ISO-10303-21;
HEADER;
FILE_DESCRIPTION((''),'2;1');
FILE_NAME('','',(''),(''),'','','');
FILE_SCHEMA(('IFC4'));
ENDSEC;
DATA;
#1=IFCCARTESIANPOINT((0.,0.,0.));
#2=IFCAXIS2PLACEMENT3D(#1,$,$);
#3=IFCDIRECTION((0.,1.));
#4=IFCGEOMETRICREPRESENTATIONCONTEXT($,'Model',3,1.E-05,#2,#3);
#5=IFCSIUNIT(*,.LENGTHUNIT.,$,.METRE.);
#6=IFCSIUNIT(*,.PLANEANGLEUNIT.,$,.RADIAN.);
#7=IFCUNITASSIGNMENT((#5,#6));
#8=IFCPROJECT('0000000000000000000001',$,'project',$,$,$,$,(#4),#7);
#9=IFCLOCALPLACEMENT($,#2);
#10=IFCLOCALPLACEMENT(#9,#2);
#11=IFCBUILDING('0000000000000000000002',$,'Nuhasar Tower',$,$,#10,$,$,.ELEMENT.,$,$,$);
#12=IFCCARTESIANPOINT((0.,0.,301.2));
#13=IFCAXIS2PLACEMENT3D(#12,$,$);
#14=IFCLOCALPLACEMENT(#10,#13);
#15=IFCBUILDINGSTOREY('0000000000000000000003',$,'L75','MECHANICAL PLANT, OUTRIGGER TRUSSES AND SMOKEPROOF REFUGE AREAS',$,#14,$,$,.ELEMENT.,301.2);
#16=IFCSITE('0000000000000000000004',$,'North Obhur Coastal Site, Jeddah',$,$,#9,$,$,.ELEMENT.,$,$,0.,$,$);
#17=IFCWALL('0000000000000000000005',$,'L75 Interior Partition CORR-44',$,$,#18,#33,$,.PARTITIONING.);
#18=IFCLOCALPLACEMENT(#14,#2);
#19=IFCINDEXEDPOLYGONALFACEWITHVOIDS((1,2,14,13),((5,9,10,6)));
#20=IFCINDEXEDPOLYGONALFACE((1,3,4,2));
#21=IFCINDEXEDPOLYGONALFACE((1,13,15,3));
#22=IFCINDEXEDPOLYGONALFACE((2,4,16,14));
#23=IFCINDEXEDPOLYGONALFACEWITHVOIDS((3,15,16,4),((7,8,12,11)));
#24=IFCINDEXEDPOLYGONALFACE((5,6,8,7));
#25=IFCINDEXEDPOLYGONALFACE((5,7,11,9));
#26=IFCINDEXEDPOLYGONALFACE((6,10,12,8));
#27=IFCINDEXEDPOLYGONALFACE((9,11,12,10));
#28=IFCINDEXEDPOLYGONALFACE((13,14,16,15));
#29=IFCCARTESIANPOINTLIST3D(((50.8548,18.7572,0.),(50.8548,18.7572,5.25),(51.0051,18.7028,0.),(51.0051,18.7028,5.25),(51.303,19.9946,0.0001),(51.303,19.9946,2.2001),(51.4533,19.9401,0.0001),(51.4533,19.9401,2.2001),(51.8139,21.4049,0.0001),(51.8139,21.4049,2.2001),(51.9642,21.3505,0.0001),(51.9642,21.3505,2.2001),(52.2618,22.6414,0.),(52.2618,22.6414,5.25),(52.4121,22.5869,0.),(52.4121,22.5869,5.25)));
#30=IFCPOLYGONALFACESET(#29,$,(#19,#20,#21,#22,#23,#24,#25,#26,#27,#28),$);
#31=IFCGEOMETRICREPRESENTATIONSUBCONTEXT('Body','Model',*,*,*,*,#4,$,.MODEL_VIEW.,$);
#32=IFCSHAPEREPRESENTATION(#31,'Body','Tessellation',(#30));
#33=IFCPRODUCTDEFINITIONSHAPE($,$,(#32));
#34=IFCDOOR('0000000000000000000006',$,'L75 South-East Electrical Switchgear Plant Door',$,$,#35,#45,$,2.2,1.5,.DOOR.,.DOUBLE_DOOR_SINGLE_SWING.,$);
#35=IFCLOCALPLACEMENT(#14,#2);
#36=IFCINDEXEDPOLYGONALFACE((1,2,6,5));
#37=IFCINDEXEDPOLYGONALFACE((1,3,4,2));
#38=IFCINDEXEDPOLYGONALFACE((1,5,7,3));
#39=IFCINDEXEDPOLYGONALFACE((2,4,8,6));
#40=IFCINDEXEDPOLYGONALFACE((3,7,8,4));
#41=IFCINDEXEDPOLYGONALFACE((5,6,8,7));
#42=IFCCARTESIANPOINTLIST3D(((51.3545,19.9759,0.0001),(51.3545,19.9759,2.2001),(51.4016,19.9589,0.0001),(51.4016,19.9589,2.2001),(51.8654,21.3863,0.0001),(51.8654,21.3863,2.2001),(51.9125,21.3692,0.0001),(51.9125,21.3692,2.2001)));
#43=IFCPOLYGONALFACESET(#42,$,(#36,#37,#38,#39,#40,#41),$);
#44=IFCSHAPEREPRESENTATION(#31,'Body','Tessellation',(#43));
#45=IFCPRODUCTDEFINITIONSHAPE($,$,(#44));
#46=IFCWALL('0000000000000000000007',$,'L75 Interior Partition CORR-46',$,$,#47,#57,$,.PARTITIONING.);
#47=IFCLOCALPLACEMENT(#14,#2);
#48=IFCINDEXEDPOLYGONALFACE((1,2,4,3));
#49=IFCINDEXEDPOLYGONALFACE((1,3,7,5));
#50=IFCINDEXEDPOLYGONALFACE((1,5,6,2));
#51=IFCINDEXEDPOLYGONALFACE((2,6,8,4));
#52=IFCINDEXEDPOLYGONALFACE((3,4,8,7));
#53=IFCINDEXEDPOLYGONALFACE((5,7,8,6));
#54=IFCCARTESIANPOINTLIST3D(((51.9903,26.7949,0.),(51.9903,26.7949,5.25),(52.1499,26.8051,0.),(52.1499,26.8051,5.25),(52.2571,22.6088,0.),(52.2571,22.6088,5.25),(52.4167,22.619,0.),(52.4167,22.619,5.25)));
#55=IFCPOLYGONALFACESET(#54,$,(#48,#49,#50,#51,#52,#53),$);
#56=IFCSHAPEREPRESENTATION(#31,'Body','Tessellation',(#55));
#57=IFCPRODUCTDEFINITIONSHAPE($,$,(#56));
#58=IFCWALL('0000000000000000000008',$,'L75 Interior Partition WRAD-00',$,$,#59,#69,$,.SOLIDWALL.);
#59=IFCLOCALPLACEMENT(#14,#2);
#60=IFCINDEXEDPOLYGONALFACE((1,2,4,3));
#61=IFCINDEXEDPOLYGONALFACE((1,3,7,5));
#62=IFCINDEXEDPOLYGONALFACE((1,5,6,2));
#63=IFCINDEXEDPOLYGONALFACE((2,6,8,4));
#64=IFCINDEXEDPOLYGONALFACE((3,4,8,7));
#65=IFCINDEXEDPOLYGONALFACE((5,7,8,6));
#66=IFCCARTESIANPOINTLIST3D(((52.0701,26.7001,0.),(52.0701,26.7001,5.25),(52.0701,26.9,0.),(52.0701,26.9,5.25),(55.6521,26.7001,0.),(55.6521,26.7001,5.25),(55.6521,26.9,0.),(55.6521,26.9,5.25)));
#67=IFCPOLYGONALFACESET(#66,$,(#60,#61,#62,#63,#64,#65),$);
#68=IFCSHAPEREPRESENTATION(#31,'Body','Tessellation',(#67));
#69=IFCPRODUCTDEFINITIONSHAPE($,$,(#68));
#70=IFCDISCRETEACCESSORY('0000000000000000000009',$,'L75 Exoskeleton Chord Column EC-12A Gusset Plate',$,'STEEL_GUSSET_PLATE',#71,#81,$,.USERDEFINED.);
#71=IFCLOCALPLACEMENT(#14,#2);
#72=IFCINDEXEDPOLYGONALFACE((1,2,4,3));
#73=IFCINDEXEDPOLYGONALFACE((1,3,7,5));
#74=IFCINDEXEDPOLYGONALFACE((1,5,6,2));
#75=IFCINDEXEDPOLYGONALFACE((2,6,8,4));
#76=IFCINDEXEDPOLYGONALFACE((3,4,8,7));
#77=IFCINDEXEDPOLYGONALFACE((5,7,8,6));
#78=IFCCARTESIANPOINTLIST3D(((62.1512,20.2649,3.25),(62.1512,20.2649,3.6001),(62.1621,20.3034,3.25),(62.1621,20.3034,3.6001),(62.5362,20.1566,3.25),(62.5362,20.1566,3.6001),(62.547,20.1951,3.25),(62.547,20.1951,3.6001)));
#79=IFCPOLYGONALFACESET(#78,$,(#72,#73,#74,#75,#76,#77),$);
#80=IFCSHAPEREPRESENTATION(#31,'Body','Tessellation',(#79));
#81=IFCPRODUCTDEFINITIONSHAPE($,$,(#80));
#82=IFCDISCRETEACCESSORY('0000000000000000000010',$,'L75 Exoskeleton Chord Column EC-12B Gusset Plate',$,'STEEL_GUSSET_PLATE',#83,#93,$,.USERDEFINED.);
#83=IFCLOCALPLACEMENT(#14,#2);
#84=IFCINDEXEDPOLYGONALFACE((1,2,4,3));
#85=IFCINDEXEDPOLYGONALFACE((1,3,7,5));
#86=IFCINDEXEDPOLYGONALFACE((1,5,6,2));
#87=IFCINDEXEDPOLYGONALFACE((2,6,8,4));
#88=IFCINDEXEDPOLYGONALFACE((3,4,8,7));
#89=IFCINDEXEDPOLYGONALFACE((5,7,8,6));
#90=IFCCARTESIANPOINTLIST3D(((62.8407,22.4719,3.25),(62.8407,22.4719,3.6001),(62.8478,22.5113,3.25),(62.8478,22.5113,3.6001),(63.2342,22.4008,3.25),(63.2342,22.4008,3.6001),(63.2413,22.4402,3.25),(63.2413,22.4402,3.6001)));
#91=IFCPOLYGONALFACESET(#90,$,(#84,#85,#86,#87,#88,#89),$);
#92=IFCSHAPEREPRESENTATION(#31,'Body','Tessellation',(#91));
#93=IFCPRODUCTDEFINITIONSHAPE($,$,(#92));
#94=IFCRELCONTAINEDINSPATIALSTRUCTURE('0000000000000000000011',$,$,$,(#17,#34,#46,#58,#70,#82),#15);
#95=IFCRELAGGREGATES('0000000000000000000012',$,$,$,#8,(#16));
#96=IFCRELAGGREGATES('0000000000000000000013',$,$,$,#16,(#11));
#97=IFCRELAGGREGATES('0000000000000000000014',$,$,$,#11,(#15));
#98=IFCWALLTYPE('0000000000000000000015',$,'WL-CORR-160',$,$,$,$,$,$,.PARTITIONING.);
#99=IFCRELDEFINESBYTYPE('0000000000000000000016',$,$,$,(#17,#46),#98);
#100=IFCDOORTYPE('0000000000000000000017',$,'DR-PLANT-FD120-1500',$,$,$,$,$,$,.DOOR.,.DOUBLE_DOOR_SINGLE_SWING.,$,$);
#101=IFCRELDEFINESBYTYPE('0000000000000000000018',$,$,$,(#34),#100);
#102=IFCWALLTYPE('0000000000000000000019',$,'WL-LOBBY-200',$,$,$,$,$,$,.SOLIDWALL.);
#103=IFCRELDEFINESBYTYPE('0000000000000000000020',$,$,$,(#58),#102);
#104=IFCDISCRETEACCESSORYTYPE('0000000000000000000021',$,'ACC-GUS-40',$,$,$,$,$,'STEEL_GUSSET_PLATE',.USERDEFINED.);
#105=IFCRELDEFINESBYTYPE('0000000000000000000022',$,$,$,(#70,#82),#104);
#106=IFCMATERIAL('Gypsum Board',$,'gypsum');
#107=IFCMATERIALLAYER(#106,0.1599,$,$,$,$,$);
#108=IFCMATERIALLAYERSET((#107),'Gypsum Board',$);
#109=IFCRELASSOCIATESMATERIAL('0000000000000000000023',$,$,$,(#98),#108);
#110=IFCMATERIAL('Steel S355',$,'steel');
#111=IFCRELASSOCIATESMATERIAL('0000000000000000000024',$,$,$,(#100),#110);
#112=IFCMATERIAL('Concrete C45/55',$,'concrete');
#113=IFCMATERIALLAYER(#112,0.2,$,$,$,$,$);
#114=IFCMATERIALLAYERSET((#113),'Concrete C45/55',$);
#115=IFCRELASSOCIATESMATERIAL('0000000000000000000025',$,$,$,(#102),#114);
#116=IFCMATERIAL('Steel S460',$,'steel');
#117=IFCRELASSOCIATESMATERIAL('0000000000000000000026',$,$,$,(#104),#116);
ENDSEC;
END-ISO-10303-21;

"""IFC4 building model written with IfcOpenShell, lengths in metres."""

from ifc_helpers import new_model, si_unit, direction, frame, frame_2d, origin, origin_2d, place, context, subcontext, project, spatial, rectangle, extrude, material, layer, layer_set, type_object, element, fill, save


model = new_model("IFC4")

# Units and contexts
model_context = context("Model", 3, precision=1e-05, world=origin(), true_north=direction((0.0, 1.0)))
body_context = subcontext(model_context, "Body", "Model", "MODEL_VIEW")
ifc_project = project(units=[si_unit("LENGTHUNIT", "METRE"), si_unit("PLANEANGLEUNIT", "RADIAN")], contexts=[model_context])

# Site, building, storey
site_placement = place(None, origin())
site = spatial("IfcSite", under=ifc_project, at=site_placement, Name="North Obhur Coastal Site, Jeddah", CompositionType="ELEMENT", RefElevation=0.0)
building_placement = place(site_placement, origin())
building = spatial("IfcBuilding", under=site, at=building_placement, Name="Nuhasar Tower", CompositionType="ELEMENT")
storey_placement = place(building_placement, frame((0.0, 0.0, 301.2)))
storey = spatial("IfcBuildingStorey", under=building, at=storey_placement, Name="L75", Description="MECHANICAL PLANT, OUTRIGGER TRUSSES AND SMOKEPROOF REFUGE AREAS", CompositionType="ELEMENT", Elevation=301.2)

# Shared definitions
ifc_material_1 = material(Name="Steel S460", Category="steel")

# Shared definitions
ifc_material_2 = material(Name="Steel S355", Category="steel")

# Shared definitions
ifc_material_3 = material(Name="Gypsum Board", Category="gypsum")
ifc_layer_1 = layer(ifc_material_3, 0.1599)
ifc_layer_set_1 = layer_set([ifc_layer_1], Name="Gypsum Board")
wall_type_1 = type_object("IfcWallType", Name="WL-CORR-160", PredefinedType="PARTITIONING", material=ifc_layer_set_1)

# Wall, opening, door
wall_1_placement = place(storey_placement, frame((52.3369, 22.614, 0.0), z_axis=(0.0, 0.0, 1.0), x_axis=(-0.34059, -0.940212, 0.0)))
wall_1 = element("IfcWall", 1, at=wall_1_placement, inside=storey, type_object=wall_type_1, Name="L75 Interior Partition CORR-44", PredefinedType="PARTITIONING", context=body_context, shape_type="SweptSolid", body=[
    extrude(rectangle(XDim=4.1311, YDim=0.1599, at=frame_2d((2.0654, 0.0))), origin(), (0.0, 0.0, 1.0), 5.25),
])
opening_1_placement = place(wall_1_placement, frame((1.3149, 0.0, 0.0)))
opening_1 = element("IfcOpeningElement", 2, at=opening_1_placement, cuts=wall_1, PredefinedType="OPENING", context=body_context, shape_type="SweptSolid", body=[
    extrude(rectangle(XDim=1.5, YDim=2.2, at=frame_2d((0.75, 1.1001))), frame((0.0, 0.0898, 0.0), z_axis=(0.0, -1.0, 0.0), x_axis=(1.0, 0.0, 0.0)), (0.0, 0.0, 1.0), 0.1799),
])
door_type_1 = type_object("IfcDoorType", Name="DR-PLANT-FD120-1500", OperationType="DOUBLE_DOOR_SINGLE_SWING", PredefinedType="DOOR", material=ifc_material_2)
door_1_placement = place(opening_1_placement, origin())
door_1 = element("IfcDoor", 3, at=door_1_placement, inside=storey, type_object=door_type_1, Name="L75 South-East Electrical Switchgear Plant Door", OperationType="DOUBLE_DOOR_SINGLE_SWING", OverallHeight=2.2, OverallWidth=1.5, PredefinedType="DOOR", context=body_context, shape_type="SweptSolid", body=[
    extrude(rectangle(XDim=1.5, YDim=2.2, at=frame_2d((0.75, 1.1001))), frame((0.0, 0.0249, 0.0), z_axis=(0.0, -1.0, 0.0), x_axis=(1.0, 0.0, 0.0)), (0.0, 0.0, 1.0), 0.05),
])
fill(opening_1, door_1)

# Walls
wall_2_placement = place(storey_placement, frame((52.3369, 22.614, 0.0), z_axis=(0.0, 0.0, 1.0), x_axis=(-0.063618, 0.997974, 0.0)))
element("IfcWall", 4, at=wall_2_placement, inside=storey, type_object=wall_type_1, Name="L75 Interior Partition CORR-46", PredefinedType="PARTITIONING", context=body_context, shape_type="SweptSolid", body=[
    extrude(rectangle(XDim=4.1946, YDim=0.1599, at=frame_2d((2.0972, 0.0))), origin(), (0.0, 0.0, 1.0), 5.25),
])
ifc_material_4 = material(Name="Concrete C45/55", Category="concrete")
ifc_layer_2 = layer(ifc_material_4, 0.2)
ifc_layer_set_2 = layer_set([ifc_layer_2], Name="Concrete C45/55")
wall_type_2 = type_object("IfcWallType", Name="WL-LOBBY-200", PredefinedType="SOLIDWALL", material=ifc_layer_set_2)
wall_3_placement = place(storey_placement, frame((52.0701, 26.8, 0.0), z_axis=(0.0, 0.0, 1.0), x_axis=(1.0, 0.0, 0.0)))
element("IfcWall", 5, at=wall_3_placement, inside=storey, type_object=wall_type_2, Name="L75 Interior Partition WRAD-00", PredefinedType="SOLIDWALL", context=body_context, shape_type="SweptSolid", body=[
    extrude(rectangle(XDim=3.582, YDim=0.2, at=frame_2d((1.791, 0.0))), origin(), (0.0, 0.0, 1.0), 5.25),
])

# Discrete accessories
discrete_accessory_type = type_object("IfcDiscreteAccessoryType", Name="ACC-GUS-40", ElementType="STEEL_GUSSET_PLATE", PredefinedType="USERDEFINED", material=ifc_material_1)
for number, where, z_axis, x_axis, name in (
    (6, (62.3491, 20.23, 3.25), (0.0, 0.0, 1.0), (0.962621, -0.270852, 0.0), "L75 Exoskeleton Chord Column EC-12A Gusset Plate"),
    (7, (63.041, 22.4561, 3.25), (0.0, 0.0, 1.0), (0.984062, -0.177823, 0.0), "L75 Exoskeleton Chord Column EC-12B Gusset Plate"),
):
    element("IfcDiscreteAccessory", number, at=place(storey_placement, frame(where, z_axis=z_axis, x_axis=x_axis)), inside=storey, type_object=discrete_accessory_type, Name=name, ObjectType="STEEL_GUSSET_PLATE", PredefinedType="USERDEFINED", context=body_context, shape_type="SweptSolid", body=[
        extrude(rectangle(XDim=0.3999, YDim=0.04, at=origin_2d()), origin(), (0.0, 0.0, 1.0), 0.3501),
    ])

save(model, "model.ifc")
